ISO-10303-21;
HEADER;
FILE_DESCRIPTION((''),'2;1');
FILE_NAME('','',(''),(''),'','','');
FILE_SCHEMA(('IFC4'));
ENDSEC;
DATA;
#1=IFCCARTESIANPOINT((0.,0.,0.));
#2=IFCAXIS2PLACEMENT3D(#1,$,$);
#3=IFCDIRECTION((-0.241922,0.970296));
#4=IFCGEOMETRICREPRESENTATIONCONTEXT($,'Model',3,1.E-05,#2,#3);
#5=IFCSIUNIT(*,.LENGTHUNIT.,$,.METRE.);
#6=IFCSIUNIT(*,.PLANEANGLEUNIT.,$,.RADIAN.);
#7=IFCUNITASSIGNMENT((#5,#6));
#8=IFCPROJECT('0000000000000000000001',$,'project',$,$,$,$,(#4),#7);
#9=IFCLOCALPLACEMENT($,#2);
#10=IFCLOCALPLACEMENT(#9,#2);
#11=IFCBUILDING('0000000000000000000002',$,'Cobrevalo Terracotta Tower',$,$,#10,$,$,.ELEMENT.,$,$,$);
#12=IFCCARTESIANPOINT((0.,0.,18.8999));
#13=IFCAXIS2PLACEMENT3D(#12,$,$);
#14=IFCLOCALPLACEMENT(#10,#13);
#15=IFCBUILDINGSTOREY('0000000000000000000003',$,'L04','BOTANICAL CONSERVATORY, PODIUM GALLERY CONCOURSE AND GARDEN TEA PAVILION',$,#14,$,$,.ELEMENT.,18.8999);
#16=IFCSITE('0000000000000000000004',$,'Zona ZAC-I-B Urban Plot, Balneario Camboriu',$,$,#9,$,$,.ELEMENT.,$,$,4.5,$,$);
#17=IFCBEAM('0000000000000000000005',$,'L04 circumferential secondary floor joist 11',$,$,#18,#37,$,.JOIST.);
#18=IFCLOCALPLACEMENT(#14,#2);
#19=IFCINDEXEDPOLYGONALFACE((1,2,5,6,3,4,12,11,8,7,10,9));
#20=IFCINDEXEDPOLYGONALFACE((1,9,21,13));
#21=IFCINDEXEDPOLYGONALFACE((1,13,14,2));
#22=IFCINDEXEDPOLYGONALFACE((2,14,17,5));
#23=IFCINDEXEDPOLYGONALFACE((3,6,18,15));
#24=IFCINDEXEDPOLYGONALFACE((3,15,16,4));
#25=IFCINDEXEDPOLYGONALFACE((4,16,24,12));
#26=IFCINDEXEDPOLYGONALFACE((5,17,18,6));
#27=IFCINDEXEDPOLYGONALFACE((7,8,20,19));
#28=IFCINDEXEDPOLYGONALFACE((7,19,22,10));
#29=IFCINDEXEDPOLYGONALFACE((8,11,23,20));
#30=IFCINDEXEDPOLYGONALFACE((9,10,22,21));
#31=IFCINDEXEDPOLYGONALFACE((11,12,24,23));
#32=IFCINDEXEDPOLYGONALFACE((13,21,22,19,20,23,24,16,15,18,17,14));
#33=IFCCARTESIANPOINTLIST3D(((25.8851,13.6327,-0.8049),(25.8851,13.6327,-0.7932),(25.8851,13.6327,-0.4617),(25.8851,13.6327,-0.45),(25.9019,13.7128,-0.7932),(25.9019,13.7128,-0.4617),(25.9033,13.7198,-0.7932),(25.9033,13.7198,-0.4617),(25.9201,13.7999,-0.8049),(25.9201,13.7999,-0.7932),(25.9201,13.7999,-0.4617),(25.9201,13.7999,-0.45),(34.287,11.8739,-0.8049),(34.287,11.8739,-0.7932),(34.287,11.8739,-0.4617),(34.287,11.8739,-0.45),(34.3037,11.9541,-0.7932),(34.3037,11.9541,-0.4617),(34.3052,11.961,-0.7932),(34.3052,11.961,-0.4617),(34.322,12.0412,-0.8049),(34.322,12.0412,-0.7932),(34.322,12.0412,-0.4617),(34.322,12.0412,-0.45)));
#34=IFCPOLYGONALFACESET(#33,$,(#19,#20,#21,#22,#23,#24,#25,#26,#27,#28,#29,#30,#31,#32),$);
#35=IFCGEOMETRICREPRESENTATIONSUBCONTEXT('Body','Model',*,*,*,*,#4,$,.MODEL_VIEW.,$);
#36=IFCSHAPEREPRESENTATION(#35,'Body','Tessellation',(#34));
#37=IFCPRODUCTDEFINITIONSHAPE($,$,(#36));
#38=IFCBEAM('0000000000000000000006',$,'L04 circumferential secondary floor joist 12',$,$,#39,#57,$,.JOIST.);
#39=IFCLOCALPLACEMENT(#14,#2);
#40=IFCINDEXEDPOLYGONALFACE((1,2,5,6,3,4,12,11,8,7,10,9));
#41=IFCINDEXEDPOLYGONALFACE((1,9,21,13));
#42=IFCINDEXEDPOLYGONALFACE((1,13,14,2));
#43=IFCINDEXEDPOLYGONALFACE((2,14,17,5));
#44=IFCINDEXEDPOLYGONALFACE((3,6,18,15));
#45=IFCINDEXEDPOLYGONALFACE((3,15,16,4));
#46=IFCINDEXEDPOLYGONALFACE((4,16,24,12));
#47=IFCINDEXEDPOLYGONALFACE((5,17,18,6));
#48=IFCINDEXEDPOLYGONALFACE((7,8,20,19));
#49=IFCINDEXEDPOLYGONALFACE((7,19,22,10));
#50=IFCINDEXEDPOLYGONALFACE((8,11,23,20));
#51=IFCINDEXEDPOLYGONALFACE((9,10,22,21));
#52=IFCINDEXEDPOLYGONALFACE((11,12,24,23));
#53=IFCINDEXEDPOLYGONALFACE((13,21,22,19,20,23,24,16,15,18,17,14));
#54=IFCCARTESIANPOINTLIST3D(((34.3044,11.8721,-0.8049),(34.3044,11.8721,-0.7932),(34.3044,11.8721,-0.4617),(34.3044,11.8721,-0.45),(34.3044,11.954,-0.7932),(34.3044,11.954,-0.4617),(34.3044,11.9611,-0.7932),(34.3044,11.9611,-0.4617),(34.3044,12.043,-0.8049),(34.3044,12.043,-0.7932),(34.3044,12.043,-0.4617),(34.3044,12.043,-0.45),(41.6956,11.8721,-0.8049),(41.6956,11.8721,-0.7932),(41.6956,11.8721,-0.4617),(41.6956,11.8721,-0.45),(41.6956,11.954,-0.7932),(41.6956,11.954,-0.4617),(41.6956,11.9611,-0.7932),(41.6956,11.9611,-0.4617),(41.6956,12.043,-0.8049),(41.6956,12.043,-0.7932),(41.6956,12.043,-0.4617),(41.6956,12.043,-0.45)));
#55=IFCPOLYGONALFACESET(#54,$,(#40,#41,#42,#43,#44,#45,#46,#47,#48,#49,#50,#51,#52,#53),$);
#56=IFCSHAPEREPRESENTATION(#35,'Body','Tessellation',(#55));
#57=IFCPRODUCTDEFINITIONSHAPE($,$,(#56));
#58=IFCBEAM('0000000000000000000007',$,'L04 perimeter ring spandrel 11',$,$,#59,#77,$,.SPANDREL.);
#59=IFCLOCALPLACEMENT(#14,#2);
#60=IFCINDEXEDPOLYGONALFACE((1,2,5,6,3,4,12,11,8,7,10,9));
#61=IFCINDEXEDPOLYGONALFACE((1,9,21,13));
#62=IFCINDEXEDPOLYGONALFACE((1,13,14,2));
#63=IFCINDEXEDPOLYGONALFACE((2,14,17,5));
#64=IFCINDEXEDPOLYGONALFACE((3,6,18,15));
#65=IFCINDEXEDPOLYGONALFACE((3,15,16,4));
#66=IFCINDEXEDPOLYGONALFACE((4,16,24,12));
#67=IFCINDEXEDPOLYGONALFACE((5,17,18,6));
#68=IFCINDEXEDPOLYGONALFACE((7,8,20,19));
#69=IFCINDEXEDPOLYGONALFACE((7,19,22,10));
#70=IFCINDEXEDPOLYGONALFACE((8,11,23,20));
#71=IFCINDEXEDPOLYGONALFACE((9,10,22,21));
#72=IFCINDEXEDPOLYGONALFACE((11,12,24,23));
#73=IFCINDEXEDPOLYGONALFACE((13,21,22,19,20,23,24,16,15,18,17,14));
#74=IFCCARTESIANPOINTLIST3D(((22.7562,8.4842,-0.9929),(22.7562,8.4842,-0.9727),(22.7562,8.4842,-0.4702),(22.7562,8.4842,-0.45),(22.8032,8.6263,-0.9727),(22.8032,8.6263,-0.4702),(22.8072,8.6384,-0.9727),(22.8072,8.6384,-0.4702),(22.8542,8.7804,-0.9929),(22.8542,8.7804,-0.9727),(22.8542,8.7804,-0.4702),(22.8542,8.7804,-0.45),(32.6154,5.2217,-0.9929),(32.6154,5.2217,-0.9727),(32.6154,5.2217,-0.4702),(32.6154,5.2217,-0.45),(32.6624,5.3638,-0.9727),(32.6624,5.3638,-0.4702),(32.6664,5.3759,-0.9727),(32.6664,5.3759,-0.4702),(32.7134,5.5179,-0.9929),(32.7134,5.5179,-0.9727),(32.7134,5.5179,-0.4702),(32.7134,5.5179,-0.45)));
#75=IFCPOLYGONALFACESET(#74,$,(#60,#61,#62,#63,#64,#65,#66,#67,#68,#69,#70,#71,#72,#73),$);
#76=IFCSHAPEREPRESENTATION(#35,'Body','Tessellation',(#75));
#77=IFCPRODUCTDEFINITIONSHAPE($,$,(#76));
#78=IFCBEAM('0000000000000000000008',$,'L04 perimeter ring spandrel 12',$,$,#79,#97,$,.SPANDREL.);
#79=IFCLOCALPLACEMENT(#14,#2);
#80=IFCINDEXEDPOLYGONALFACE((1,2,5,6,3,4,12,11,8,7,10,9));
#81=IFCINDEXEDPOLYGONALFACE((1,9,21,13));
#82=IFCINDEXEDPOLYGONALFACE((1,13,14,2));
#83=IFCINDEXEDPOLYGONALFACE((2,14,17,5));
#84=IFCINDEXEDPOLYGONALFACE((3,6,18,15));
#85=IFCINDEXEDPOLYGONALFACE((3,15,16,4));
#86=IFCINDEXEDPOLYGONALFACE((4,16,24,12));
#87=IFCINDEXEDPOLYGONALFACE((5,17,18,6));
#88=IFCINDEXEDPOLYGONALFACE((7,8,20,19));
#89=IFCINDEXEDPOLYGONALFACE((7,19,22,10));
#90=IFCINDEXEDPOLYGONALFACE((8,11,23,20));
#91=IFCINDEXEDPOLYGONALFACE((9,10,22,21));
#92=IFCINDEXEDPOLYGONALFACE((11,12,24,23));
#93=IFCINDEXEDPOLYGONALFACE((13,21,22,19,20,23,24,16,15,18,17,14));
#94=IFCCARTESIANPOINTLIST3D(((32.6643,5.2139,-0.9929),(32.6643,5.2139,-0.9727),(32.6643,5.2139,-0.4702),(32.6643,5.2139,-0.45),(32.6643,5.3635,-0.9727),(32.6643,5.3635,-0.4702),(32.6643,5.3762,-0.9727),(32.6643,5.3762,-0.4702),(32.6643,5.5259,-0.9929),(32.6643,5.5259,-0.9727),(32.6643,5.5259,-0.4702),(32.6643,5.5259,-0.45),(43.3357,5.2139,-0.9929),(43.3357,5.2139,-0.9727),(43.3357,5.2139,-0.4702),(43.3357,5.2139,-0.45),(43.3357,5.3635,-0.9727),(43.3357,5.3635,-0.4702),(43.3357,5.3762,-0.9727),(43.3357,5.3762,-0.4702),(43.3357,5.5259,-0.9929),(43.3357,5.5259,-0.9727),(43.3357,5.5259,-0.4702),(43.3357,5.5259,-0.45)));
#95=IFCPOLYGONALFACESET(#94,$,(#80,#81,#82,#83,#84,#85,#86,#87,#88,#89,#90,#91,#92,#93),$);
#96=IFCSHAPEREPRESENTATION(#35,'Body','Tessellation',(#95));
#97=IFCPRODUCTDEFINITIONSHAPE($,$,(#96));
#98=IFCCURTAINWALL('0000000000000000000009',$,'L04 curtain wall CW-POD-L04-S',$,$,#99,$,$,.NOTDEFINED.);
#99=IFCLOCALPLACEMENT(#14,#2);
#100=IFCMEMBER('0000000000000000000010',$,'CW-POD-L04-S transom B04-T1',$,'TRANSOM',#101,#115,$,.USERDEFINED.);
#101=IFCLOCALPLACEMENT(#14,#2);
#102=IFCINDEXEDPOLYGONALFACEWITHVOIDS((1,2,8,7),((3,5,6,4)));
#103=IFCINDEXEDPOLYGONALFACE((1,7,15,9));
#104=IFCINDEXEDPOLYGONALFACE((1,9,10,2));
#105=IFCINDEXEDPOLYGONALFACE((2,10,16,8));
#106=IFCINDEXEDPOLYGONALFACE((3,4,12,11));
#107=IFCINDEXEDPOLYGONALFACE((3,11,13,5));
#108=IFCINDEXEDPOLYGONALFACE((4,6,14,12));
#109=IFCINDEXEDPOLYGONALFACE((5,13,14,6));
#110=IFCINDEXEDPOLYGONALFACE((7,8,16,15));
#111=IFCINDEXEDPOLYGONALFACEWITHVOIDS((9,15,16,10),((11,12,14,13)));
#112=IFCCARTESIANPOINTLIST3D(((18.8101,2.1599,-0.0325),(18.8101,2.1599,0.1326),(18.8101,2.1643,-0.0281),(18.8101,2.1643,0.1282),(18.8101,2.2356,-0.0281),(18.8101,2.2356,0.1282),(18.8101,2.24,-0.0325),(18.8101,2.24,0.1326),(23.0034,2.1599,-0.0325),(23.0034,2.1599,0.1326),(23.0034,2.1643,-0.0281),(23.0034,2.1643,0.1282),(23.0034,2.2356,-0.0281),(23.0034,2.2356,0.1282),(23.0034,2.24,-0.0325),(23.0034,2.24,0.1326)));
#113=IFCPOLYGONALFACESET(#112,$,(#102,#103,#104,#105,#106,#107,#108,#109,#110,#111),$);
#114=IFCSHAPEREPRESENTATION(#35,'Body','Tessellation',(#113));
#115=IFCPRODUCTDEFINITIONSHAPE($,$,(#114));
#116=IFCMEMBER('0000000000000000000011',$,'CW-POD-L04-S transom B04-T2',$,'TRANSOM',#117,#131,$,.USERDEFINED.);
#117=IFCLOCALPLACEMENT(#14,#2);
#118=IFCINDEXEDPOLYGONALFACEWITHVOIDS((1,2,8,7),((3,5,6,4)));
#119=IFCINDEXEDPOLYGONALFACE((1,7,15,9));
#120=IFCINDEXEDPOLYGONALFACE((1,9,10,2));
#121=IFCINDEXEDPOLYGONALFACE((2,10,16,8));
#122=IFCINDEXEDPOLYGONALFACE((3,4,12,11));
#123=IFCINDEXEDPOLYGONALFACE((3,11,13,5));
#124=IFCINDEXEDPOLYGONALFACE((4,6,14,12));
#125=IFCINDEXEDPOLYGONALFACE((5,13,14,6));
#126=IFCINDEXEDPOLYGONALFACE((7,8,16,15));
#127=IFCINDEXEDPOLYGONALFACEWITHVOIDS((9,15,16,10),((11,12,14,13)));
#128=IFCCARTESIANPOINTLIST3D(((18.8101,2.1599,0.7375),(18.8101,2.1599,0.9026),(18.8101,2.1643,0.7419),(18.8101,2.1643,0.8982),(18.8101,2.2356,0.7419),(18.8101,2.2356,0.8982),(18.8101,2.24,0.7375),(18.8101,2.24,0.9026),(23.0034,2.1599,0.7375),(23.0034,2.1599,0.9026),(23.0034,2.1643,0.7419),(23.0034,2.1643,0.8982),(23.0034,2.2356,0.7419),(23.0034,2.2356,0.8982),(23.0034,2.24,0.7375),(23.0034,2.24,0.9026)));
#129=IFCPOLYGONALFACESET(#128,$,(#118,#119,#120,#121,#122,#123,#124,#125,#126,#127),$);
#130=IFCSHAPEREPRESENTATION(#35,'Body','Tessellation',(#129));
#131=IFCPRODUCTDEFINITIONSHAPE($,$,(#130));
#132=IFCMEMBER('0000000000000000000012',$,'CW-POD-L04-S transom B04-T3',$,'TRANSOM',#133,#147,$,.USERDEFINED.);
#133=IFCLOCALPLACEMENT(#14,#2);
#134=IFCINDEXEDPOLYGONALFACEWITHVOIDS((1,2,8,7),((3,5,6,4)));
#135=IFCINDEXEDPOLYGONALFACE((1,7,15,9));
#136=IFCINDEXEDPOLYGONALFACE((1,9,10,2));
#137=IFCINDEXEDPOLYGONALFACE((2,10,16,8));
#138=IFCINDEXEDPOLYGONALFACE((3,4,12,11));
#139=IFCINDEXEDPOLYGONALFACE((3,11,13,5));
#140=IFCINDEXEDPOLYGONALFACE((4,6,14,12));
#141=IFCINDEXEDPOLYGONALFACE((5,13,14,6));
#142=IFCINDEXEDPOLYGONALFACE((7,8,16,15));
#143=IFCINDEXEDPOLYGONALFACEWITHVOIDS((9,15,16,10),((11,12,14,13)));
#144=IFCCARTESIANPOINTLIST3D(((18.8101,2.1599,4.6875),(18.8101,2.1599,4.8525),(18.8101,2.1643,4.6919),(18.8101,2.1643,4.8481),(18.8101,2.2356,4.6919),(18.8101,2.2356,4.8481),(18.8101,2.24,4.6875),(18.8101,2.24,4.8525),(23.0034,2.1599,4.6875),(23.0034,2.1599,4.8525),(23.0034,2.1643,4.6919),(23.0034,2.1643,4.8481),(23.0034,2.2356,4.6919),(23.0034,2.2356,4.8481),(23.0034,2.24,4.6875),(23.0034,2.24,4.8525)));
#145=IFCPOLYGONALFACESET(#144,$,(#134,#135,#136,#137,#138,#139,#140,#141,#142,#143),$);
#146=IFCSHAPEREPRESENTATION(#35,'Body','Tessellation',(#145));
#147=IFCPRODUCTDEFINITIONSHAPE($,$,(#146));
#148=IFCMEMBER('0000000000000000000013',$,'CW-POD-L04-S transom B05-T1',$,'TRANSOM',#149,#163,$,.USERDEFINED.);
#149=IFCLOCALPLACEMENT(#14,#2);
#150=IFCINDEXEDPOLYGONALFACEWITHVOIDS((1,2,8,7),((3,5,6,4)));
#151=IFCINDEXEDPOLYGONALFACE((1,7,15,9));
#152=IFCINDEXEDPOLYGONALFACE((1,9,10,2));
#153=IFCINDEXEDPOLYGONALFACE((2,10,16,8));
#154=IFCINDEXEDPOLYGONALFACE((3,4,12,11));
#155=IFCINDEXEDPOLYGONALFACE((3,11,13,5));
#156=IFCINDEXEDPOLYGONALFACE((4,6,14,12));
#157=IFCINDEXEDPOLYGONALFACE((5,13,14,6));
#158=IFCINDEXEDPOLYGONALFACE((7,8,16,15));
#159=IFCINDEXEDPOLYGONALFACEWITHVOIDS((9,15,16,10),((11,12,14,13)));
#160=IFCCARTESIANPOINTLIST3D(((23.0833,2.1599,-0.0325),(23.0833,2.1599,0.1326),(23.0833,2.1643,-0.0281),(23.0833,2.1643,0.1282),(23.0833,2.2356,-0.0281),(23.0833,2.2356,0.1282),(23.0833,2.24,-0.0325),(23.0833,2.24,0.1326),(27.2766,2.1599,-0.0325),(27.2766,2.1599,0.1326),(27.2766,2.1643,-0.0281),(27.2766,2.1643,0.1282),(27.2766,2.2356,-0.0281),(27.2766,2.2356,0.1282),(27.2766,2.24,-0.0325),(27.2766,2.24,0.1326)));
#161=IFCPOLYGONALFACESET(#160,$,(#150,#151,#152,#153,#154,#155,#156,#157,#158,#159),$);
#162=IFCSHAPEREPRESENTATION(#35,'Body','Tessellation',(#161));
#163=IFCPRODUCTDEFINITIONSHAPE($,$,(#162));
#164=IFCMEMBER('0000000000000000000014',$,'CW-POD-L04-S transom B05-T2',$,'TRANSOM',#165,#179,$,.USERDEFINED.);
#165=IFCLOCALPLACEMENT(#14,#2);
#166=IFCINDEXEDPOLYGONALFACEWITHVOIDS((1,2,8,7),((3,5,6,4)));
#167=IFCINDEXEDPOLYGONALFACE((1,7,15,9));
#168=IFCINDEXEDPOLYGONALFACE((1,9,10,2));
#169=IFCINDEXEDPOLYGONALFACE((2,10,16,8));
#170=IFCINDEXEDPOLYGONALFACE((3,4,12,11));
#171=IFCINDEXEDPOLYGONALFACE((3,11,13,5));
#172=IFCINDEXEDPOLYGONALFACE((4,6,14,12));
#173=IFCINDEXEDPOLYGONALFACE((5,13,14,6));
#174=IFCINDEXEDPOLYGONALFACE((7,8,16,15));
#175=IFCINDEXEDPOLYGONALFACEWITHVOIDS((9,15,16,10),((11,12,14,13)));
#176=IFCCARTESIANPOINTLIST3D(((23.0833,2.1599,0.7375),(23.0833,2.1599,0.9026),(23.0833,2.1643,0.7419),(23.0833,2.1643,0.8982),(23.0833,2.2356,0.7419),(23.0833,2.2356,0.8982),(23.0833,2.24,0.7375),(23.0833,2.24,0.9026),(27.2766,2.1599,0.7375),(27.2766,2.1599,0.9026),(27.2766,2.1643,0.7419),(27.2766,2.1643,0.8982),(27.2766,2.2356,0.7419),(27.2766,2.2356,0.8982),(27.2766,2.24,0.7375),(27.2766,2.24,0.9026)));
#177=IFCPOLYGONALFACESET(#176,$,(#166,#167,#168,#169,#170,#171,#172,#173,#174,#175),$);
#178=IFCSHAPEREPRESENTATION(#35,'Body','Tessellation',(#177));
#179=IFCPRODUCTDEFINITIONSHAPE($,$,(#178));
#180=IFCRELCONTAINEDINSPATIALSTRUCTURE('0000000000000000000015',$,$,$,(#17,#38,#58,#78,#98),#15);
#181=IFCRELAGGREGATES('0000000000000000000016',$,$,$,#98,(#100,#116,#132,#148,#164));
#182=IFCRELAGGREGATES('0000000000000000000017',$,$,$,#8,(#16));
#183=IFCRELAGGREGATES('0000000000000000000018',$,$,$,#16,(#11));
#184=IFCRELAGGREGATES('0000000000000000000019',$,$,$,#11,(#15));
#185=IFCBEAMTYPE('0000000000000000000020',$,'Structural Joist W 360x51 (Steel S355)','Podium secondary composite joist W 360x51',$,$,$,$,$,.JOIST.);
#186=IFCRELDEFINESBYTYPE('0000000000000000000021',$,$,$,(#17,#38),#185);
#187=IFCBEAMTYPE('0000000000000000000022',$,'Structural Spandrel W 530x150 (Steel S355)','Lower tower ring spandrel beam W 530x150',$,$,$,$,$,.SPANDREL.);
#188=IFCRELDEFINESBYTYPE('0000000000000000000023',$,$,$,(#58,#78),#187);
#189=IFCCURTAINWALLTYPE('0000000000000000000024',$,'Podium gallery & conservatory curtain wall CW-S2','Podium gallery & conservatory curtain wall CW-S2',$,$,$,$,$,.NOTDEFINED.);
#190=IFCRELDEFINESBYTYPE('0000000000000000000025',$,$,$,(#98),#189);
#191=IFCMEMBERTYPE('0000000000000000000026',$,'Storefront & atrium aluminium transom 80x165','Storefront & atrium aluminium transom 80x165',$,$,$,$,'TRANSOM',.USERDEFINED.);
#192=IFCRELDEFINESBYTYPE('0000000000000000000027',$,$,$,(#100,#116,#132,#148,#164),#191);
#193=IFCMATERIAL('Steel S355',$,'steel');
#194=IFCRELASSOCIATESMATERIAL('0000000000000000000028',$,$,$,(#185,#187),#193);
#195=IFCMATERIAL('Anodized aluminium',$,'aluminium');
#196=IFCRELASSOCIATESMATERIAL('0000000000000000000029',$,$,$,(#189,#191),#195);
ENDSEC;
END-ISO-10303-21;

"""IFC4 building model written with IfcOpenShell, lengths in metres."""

from ifc_helpers import new_model, si_unit, direction, frame, origin, origin_2d, place, context, subcontext, project, spatial, hollow_rectangle, i_section, extrude, source, transform, mapped, material, material_profile, profile_set, type_object, element, aggregate, save


model = new_model("IFC4")

# Units and contexts
model_context = context("Model", 3, precision=1e-05, world=origin(), true_north=direction((-0.241922, 0.970296)))
body_context = subcontext(model_context, "Body", "Model", "MODEL_VIEW")
ifc_project = project(units=[si_unit("LENGTHUNIT", "METRE"), si_unit("PLANEANGLEUNIT", "RADIAN")], contexts=[model_context])

# Site, building, storey
site_placement = place(None, origin())
site = spatial("IfcSite", under=ifc_project, at=site_placement, Name="Zona ZAC-I-B Urban Plot, Balneario Camboriu", CompositionType="ELEMENT", RefElevation=4.5)
building_placement = place(site_placement, origin())
building = spatial("IfcBuilding", under=site, at=building_placement, Name="Cobrevalo Terracotta Tower", CompositionType="ELEMENT")
storey_placement = place(building_placement, frame((0.0, 0.0, 18.8999)))
storey = spatial("IfcBuildingStorey", under=building, at=storey_placement, Name="L04", Description="BOTANICAL CONSERVATORY, PODIUM GALLERY CONCOURSE AND GARDEN TEA PAVILION", CompositionType="ELEMENT", Elevation=18.8999)

# Shared definitions
ifc_material_1 = material(Name="Steel S355", Category="steel")

# Beams
ifc_material_profile_1 = material_profile(ifc_material_1, i_section(OverallWidth=0.1709, OverallDepth=0.355, WebThickness=0.0071, FlangeThickness=0.0117, at=origin_2d()), Name="W 360x51")
ifc_profile_set_1 = profile_set([ifc_material_profile_1], Name="Steel S355")
beam_type_1 = type_object("IfcBeamType", Name="Structural Joist W 360x51 (Steel S355)", Description="Podium secondary composite joist W 360x51", PredefinedType="JOIST", material=ifc_profile_set_1)
beam_1_placement = place(storey_placement, frame((25.9026, 13.7163, -0.6274), z_axis=(0.978785, -0.204892, 0.0), x_axis=(0.204892, 0.978785, 0.0)))
element("IfcBeam", 1, at=beam_1_placement, inside=storey, type_object=beam_type_1, Name="L04 circumferential secondary floor joist 11", PredefinedType="JOIST", context=body_context, shape_type="SweptSolid", body=[
    extrude(i_section(OverallWidth=0.1709, OverallDepth=0.355, WebThickness=0.0071, FlangeThickness=0.0117, at=origin_2d()), origin(), (0.0, 0.0, 1.0), 8.584),
])
beam_2_placement = place(storey_placement, frame((34.3044, 11.9575, -0.6274), z_axis=(1.0, 0.0, 0.0), x_axis=(0.0, 1.0, 0.0)))
element("IfcBeam", 2, at=beam_2_placement, inside=storey, type_object=beam_type_1, Name="L04 circumferential secondary floor joist 12", PredefinedType="JOIST", context=body_context, shape_type="SweptSolid", body=[
    extrude(i_section(OverallWidth=0.1709, OverallDepth=0.355, WebThickness=0.0071, FlangeThickness=0.0117, at=origin_2d()), origin(), (0.0, 0.0, 1.0), 7.3911),
])
ifc_material_profile_2 = material_profile(ifc_material_1, i_section(OverallWidth=0.312, OverallDepth=0.543, WebThickness=0.0127, FlangeThickness=0.0203, at=origin_2d()), Name="W 530x150")
ifc_profile_set_2 = profile_set([ifc_material_profile_2], Name="Steel S355")
beam_type_2 = type_object("IfcBeamType", Name="Structural Spandrel W 530x150 (Steel S355)", Description="Lower tower ring spandrel beam W 530x150", PredefinedType="SPANDREL", material=ifc_profile_set_2)
beam_3_placement = place(storey_placement, frame((22.8052, 8.6323, -0.7214), z_axis=(0.949372, -0.314153, 0.0), x_axis=(0.314153, 0.949372, 0.0)))
element("IfcBeam", 3, at=beam_3_placement, inside=storey, type_object=beam_type_2, Name="L04 perimeter ring spandrel 11", PredefinedType="SPANDREL", context=body_context, shape_type="SweptSolid", body=[
    extrude(i_section(OverallWidth=0.312, OverallDepth=0.543, WebThickness=0.0127, FlangeThickness=0.0203, at=origin_2d()), origin(), (0.0, 0.0, 1.0), 10.385),
])
beam_4_placement = place(storey_placement, frame((32.6643, 5.3699, -0.7214), z_axis=(1.0, 0.0, 0.0), x_axis=(0.0, 1.0, 0.0)))
element("IfcBeam", 4, at=beam_4_placement, inside=storey, type_object=beam_type_2, Name="L04 perimeter ring spandrel 12", PredefinedType="SPANDREL", context=body_context, shape_type="SweptSolid", body=[
    extrude(i_section(OverallWidth=0.312, OverallDepth=0.543, WebThickness=0.0127, FlangeThickness=0.0203, at=origin_2d()), origin(), (0.0, 0.0, 1.0), 10.6714),
])

# Curtain wall, members
ifc_material_2 = material(Name="Anodized aluminium", Category="aluminium")
curtain_wall_type = type_object("IfcCurtainWallType", Name="Podium gallery & conservatory curtain wall CW-S2", Description="Podium gallery & conservatory curtain wall CW-S2", PredefinedType="NOTDEFINED", material=ifc_material_2)
curtain_wall_placement = place(storey_placement, origin())
curtain_wall = element("IfcCurtainWall", 5, at=curtain_wall_placement, inside=storey, type_object=curtain_wall_type, Name="L04 curtain wall CW-POD-L04-S", PredefinedType="NOTDEFINED")
ifc_material_profile_3 = material_profile(ifc_material_2, hollow_rectangle(XDim=0.0801, YDim=0.165, WallThickness=0.0044, at=origin_2d()), Name="CWT 80x165")
ifc_profile_set_3 = profile_set([ifc_material_profile_3], Name="Anodized aluminium")
member_type_1 = type_object("IfcMemberType", Name="Storefront & atrium aluminium transom 80x165", Description="Storefront & atrium aluminium transom 80x165", ElementType="TRANSOM", PredefinedType="USERDEFINED", material=ifc_profile_set_3)
shared_shape_1 = source(origin(), body_context, "Body", "SweptSolid", [
    extrude(hollow_rectangle(XDim=0.0801, YDim=0.165, WallThickness=0.0044, at=origin_2d()), origin(), (0.0, 0.0, 1.0), 4.1934),
])
member_1_placement = place(storey_placement, frame((18.8101, 2.2, 0.05), z_axis=(1.0, 0.0, 0.0), x_axis=(0.0, 1.0, 0.0)))
member_1 = element("IfcMember", 6, at=member_1_placement, type_object=member_type_1, Name="CW-POD-L04-S transom B04-T1", ObjectType="TRANSOM", PredefinedType="USERDEFINED", context=body_context, shape_type="MappedRepresentation", body=[
    mapped(shared_shape_1, transform((0.0, 0.0, 0.0), scale=1.0)),
])
member_2_placement = place(storey_placement, frame((18.8101, 2.2, 0.8201), z_axis=(1.0, 0.0, 0.0), x_axis=(0.0, 1.0, 0.0)))
member_2 = element("IfcMember", 7, at=member_2_placement, type_object=member_type_1, Name="CW-POD-L04-S transom B04-T2", ObjectType="TRANSOM", PredefinedType="USERDEFINED", context=body_context, shape_type="MappedRepresentation", body=[
    mapped(shared_shape_1, transform((0.0, 0.0, 0.0), scale=1.0)),
])
member_3_placement = place(storey_placement, frame((18.8101, 2.2, 4.77), z_axis=(1.0, 0.0, 0.0), x_axis=(0.0, 1.0, 0.0)))
member_3 = element("IfcMember", 8, at=member_3_placement, type_object=member_type_1, Name="CW-POD-L04-S transom B04-T3", ObjectType="TRANSOM", PredefinedType="USERDEFINED", context=body_context, shape_type="MappedRepresentation", body=[
    mapped(shared_shape_1, transform((0.0, 0.0, 0.0), scale=1.0)),
])
member_4_placement = place(storey_placement, frame((23.0833, 2.2, 0.05), z_axis=(1.0, 0.0, 0.0), x_axis=(0.0, 1.0, 0.0)))
member_4 = element("IfcMember", 9, at=member_4_placement, type_object=member_type_1, Name="CW-POD-L04-S transom B05-T1", ObjectType="TRANSOM", PredefinedType="USERDEFINED", context=body_context, shape_type="MappedRepresentation", body=[
    mapped(shared_shape_1, transform((0.0, 0.0, 0.0), scale=1.0)),
])
member_5_placement = place(storey_placement, frame((23.0833, 2.2, 0.8201), z_axis=(1.0, 0.0, 0.0), x_axis=(0.0, 1.0, 0.0)))
member_5 = element("IfcMember", 10, at=member_5_placement, type_object=member_type_1, Name="CW-POD-L04-S transom B05-T2", ObjectType="TRANSOM", PredefinedType="USERDEFINED", context=body_context, shape_type="MappedRepresentation", body=[
    mapped(shared_shape_1, transform((0.0, 0.0, 0.0), scale=1.0)),
])
aggregate(curtain_wall, [member_1, member_2, member_3, member_4, member_5])

save(model, "model.ifc")
